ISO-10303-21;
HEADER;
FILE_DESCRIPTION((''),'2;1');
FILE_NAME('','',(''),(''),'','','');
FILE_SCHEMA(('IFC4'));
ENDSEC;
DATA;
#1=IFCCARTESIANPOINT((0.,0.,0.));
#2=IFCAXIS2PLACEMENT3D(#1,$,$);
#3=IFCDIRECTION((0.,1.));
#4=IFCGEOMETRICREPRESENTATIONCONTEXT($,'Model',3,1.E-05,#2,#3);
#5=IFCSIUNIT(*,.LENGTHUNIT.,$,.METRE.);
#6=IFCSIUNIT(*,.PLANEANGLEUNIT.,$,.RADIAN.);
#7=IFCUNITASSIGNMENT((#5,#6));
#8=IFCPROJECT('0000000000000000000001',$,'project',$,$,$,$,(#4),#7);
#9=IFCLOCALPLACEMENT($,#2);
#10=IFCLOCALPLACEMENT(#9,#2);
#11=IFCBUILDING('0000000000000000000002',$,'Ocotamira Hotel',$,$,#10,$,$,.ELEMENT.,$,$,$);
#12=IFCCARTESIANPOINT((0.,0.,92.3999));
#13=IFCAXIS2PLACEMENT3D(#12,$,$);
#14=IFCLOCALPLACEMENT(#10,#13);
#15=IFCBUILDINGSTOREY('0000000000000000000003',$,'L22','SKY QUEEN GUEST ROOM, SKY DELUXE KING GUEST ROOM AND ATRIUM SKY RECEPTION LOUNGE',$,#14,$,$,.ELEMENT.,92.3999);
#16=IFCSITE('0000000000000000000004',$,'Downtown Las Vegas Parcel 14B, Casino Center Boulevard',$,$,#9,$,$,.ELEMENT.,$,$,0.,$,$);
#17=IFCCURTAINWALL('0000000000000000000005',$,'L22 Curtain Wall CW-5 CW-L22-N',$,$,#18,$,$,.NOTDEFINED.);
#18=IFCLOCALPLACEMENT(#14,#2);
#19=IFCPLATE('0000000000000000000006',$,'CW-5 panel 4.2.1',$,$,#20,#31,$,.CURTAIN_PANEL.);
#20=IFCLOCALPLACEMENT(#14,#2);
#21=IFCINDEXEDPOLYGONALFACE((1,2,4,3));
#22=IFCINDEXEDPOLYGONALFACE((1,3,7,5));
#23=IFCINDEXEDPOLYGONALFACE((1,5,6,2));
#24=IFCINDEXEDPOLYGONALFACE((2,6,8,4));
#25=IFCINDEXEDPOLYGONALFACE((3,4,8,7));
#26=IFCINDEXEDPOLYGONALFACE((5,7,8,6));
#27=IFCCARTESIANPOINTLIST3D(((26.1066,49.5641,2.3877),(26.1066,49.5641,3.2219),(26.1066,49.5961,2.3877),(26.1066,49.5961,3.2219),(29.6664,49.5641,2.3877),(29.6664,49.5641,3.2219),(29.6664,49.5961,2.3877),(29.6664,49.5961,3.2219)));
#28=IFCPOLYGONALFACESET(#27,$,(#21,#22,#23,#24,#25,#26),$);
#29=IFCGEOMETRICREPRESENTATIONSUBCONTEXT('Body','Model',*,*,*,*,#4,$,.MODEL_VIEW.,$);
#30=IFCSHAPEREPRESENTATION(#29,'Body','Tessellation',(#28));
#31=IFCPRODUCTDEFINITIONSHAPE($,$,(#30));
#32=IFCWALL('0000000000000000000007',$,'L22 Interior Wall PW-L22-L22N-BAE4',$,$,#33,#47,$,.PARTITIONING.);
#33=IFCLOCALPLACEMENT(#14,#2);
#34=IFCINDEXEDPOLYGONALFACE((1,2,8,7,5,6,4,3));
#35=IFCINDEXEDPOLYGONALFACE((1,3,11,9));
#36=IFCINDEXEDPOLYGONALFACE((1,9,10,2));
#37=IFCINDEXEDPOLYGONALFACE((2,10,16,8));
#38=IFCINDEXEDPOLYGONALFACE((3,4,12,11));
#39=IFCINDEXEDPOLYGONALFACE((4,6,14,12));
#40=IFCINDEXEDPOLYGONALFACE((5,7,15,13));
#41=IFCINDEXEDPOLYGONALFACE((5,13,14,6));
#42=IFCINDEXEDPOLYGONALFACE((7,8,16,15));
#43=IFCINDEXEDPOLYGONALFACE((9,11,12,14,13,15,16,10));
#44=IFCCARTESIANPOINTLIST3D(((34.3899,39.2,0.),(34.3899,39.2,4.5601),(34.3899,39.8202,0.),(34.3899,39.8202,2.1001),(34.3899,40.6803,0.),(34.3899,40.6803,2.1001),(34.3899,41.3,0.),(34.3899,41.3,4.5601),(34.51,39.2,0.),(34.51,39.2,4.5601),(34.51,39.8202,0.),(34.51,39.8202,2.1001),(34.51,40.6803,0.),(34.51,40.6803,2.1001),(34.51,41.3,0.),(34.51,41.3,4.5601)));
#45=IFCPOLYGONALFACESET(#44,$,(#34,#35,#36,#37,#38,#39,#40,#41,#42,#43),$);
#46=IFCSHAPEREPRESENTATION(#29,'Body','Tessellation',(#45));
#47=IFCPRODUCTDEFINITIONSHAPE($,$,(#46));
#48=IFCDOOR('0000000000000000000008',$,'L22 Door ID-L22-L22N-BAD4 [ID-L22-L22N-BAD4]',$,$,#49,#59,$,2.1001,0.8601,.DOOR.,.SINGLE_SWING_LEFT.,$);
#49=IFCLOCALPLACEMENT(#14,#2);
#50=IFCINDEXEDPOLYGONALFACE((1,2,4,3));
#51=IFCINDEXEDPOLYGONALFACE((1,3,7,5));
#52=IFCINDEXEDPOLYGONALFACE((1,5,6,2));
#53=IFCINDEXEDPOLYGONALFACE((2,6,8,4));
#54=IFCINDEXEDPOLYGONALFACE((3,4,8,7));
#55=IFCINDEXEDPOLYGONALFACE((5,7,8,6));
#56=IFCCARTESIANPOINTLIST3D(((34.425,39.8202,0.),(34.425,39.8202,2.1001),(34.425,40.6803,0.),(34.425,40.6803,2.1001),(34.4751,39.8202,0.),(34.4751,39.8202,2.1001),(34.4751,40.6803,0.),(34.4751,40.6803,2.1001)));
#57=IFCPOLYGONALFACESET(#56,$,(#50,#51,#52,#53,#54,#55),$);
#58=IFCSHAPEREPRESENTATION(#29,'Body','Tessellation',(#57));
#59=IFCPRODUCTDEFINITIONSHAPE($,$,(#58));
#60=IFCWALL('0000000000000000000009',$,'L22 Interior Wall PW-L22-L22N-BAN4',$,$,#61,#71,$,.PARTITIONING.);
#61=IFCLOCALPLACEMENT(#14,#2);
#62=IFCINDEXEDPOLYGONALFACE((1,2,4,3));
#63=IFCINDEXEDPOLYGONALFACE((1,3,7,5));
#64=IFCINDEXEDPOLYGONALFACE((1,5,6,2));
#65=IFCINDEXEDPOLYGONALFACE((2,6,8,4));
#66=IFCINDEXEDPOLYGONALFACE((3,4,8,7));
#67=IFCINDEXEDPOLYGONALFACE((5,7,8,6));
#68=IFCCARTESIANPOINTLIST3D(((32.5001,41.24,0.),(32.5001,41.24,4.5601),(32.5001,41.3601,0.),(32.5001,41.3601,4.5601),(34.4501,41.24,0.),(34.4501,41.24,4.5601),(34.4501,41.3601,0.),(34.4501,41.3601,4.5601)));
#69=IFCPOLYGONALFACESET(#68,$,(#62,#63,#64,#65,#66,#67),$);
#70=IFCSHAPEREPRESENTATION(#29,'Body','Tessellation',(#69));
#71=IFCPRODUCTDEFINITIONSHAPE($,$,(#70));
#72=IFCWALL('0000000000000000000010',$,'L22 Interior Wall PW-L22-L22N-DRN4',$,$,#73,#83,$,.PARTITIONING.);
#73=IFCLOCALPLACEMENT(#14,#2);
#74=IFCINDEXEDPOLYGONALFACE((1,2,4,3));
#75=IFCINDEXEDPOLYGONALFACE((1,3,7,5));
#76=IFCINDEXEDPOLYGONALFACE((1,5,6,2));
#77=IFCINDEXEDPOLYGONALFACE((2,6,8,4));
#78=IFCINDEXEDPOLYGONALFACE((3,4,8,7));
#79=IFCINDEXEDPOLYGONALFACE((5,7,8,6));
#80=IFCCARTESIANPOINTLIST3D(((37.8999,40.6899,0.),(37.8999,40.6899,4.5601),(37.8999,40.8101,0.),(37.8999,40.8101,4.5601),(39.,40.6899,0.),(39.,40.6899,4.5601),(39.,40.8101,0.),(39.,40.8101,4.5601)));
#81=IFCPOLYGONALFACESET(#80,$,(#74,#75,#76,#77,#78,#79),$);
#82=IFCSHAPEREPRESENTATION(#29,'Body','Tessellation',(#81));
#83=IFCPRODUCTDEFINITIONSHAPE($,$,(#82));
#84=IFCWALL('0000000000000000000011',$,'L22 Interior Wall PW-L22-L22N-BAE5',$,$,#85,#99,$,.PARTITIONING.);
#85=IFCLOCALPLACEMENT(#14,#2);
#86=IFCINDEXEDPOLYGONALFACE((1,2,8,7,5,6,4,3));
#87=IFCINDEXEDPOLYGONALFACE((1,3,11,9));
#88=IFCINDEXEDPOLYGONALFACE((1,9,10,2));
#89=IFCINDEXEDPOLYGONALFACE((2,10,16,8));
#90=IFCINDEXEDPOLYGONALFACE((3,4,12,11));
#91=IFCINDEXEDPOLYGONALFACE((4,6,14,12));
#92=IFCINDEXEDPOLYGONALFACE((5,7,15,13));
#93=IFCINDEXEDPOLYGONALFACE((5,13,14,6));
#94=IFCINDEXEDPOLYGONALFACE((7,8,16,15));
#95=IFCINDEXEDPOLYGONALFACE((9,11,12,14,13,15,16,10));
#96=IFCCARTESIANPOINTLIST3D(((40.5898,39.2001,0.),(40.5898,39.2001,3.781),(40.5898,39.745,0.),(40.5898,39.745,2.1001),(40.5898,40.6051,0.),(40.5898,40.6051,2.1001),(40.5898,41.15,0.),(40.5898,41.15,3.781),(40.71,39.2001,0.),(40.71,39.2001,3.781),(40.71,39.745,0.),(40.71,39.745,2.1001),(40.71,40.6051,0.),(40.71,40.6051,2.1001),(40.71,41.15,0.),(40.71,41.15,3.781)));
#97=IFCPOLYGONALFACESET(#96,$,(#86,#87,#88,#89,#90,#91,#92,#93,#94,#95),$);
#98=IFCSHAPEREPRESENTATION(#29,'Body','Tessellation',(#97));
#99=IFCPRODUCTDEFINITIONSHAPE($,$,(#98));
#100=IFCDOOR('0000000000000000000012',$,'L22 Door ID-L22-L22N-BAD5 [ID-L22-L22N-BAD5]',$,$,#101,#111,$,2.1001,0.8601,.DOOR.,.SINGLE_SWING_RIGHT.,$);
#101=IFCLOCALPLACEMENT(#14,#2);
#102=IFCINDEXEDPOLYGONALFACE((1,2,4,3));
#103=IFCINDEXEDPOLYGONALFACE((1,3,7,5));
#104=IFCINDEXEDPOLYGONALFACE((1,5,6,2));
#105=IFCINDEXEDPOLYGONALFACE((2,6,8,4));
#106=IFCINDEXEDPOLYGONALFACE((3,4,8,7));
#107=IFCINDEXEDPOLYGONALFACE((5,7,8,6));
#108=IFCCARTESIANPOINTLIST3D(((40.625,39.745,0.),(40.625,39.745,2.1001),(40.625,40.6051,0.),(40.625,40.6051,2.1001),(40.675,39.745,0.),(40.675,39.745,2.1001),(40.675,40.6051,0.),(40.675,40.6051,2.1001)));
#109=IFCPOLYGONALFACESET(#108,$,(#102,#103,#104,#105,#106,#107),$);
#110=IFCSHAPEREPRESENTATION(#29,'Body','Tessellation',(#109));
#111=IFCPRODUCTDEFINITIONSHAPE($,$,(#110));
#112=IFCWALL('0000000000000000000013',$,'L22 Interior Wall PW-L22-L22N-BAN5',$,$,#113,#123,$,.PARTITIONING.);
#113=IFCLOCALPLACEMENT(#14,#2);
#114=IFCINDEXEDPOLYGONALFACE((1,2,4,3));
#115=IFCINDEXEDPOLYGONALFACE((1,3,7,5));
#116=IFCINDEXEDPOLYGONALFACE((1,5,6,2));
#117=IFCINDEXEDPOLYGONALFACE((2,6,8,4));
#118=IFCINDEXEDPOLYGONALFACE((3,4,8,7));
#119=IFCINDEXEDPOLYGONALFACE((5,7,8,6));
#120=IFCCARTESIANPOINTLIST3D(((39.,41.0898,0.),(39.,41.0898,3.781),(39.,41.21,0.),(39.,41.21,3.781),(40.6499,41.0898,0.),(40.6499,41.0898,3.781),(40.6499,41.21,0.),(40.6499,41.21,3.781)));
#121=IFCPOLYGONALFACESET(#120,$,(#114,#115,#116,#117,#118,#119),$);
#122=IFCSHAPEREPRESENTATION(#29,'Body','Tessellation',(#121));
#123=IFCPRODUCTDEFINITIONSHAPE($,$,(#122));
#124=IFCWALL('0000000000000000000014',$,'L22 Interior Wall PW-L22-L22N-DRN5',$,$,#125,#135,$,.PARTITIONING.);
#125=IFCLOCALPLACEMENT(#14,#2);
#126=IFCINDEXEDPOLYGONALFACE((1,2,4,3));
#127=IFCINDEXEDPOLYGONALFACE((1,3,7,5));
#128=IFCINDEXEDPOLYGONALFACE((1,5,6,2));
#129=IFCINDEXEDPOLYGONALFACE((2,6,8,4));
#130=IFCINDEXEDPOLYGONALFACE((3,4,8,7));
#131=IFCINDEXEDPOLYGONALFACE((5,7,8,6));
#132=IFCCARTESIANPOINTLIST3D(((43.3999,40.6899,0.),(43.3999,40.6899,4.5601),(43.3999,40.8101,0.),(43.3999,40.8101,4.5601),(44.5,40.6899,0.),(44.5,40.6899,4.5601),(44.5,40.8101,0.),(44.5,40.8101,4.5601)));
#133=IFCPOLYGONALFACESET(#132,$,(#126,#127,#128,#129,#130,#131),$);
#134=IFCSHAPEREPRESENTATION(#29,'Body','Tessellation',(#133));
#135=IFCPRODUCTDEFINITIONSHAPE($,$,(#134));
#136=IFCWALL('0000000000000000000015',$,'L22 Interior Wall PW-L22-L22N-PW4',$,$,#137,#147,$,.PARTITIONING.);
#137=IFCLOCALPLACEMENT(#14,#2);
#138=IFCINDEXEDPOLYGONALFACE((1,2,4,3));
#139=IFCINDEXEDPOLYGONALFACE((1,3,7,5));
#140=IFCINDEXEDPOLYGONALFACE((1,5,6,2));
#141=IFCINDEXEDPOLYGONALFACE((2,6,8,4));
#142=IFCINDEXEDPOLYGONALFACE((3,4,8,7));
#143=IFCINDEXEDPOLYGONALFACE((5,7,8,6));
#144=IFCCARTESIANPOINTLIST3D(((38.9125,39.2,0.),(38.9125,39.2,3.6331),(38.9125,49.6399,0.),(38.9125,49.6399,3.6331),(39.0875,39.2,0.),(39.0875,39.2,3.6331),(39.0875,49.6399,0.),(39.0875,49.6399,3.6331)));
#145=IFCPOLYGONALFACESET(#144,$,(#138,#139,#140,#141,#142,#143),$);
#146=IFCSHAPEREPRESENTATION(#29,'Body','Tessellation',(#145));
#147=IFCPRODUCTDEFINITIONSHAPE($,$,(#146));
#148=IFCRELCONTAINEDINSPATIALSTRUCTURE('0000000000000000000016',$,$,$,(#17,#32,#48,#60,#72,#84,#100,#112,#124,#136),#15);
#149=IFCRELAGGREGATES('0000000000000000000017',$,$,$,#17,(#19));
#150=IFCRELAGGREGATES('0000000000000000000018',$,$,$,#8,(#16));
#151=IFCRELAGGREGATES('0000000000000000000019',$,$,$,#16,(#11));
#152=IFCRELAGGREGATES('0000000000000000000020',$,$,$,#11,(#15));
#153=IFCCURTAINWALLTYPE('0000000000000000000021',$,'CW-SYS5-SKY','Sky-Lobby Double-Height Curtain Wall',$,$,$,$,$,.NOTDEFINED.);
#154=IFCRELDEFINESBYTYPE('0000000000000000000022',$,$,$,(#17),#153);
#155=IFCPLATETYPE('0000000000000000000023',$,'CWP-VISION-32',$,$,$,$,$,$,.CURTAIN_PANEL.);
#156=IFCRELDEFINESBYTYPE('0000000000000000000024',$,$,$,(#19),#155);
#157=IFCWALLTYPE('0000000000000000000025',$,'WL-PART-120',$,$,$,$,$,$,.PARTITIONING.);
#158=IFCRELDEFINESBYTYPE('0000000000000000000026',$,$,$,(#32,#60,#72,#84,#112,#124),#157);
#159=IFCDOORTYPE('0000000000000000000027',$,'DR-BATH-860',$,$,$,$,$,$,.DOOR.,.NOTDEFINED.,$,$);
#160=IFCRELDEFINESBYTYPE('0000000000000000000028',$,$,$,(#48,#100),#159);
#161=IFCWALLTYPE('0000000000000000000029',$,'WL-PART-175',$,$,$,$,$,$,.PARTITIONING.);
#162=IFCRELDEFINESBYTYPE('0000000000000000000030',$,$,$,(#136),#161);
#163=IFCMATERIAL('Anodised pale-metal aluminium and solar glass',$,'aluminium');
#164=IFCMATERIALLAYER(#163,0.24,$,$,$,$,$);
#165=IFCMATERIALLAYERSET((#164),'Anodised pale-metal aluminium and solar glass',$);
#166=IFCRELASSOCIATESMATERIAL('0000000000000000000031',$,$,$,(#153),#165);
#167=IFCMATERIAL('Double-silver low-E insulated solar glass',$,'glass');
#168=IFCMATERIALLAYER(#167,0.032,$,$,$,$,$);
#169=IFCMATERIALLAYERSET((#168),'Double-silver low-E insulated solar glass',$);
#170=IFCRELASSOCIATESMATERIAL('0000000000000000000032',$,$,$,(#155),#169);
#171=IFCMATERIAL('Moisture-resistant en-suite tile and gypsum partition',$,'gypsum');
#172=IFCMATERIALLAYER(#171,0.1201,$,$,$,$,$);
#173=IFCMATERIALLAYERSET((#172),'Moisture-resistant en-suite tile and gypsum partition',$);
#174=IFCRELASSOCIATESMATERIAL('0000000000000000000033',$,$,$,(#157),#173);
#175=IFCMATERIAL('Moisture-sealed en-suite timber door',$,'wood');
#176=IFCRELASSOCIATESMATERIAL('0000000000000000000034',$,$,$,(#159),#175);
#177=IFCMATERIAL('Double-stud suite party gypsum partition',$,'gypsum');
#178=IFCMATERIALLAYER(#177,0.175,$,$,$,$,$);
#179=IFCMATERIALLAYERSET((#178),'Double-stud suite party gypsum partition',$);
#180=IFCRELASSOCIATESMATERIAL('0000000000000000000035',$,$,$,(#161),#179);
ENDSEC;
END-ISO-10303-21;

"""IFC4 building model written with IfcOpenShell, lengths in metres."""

from ifc_helpers import new_model, si_unit, direction, frame, frame_2d, origin, origin_2d, place, context, subcontext, project, spatial, rectangle, extrude, source, transform, mapped, material, layer, layer_set, type_object, element, fill, aggregate, save


model = new_model("IFC4")

# Units and contexts
model_context = context("Model", 3, precision=1e-05, world=origin(), true_north=direction((0.0, 1.0)))
body_context = subcontext(model_context, "Body", "Model", "MODEL_VIEW")
ifc_project = project(units=[si_unit("LENGTHUNIT", "METRE"), si_unit("PLANEANGLEUNIT", "RADIAN")], contexts=[model_context])

# Site, building, storey
site_placement = place(None, origin())
site = spatial("IfcSite", under=ifc_project, at=site_placement, Name="Downtown Las Vegas Parcel 14B, Casino Center Boulevard", CompositionType="ELEMENT", RefElevation=0.0)
building_placement = place(site_placement, origin())
building = spatial("IfcBuilding", under=site, at=building_placement, Name="Ocotamira Hotel", CompositionType="ELEMENT")
storey_placement = place(building_placement, frame((0.0, 0.0, 92.3999)))
storey = spatial("IfcBuildingStorey", under=building, at=storey_placement, Name="L22", Description="SKY QUEEN GUEST ROOM, SKY DELUXE KING GUEST ROOM AND ATRIUM SKY RECEPTION LOUNGE", CompositionType="ELEMENT", Elevation=92.3999)

# Curtain wall, plate
ifc_material_1 = material(Name="Anodised pale-metal aluminium and solar glass", Category="aluminium")
ifc_layer_1 = layer(ifc_material_1, 0.24)
ifc_layer_set_1 = layer_set([ifc_layer_1], Name="Anodised pale-metal aluminium and solar glass")
curtain_wall_type = type_object("IfcCurtainWallType", Name="CW-SYS5-SKY", Description="Sky-Lobby Double-Height Curtain Wall", PredefinedType="NOTDEFINED", material=ifc_layer_set_1)
curtain_wall_placement = place(storey_placement, origin())
curtain_wall = element("IfcCurtainWall", 1, at=curtain_wall_placement, inside=storey, type_object=curtain_wall_type, Name="L22 Curtain Wall CW-5 CW-L22-N", PredefinedType="NOTDEFINED")
ifc_material_2 = material(Name="Double-silver low-E insulated solar glass", Category="glass")
ifc_layer_2 = layer(ifc_material_2, 0.032)
ifc_layer_set_2 = layer_set([ifc_layer_2], Name="Double-silver low-E insulated solar glass")
plate_type = type_object("IfcPlateType", Name="CWP-VISION-32", PredefinedType="CURTAIN_PANEL", material=ifc_layer_set_2)
shared_shape_1 = source(origin(), body_context, "Body", "SweptSolid", [
    extrude(rectangle(XDim=3.5598, YDim=0.032, at=origin_2d()), origin(), (0.0, 0.0, 1.0), 0.8342),
])
plate_1_placement = place(storey_placement, frame((27.8865, 49.5801, 2.3877), z_axis=(0.0, 0.0, 1.0), x_axis=(1.0, 0.0, 0.0)))
plate_1 = element("IfcPlate", 2, at=plate_1_placement, type_object=plate_type, Name="CW-5 panel 4.2.1", PredefinedType="CURTAIN_PANEL", context=body_context, shape_type="MappedRepresentation", body=[
    mapped(shared_shape_1, transform((0.0, 0.0, 0.0), scale=1.0)),
])
aggregate(curtain_wall, [plate_1])

# Wall, opening, door
ifc_material_3 = material(Name="Moisture-resistant en-suite tile and gypsum partition", Category="gypsum")
ifc_layer_3 = layer(ifc_material_3, 0.1201)
ifc_layer_set_3 = layer_set([ifc_layer_3], Name="Moisture-resistant en-suite tile and gypsum partition")
wall_type_1 = type_object("IfcWallType", Name="WL-PART-120", PredefinedType="PARTITIONING", material=ifc_layer_set_3)
wall_1_placement = place(storey_placement, frame((34.45, 39.2, 0.0), z_axis=(0.0, 0.0, 1.0), x_axis=(0.0, 1.0, 0.0)))
wall_1 = element("IfcWall", 3, at=wall_1_placement, inside=storey, type_object=wall_type_1, Name="L22 Interior Wall PW-L22-L22N-BAE4", PredefinedType="PARTITIONING", context=body_context, shape_type="SweptSolid", body=[
    extrude(rectangle(XDim=2.1001, YDim=0.1201, at=frame_2d((1.05, 0.0))), origin(), (0.0, 0.0, 1.0), 4.5601),
])
opening_1_placement = place(wall_1_placement, frame((0.6201, 0.0, 0.0)))
opening_1 = element("IfcOpeningElement", 4, at=opening_1_placement, cuts=wall_1, PredefinedType="OPENING", context=body_context, shape_type="SweptSolid", body=[
    extrude(rectangle(XDim=0.8601, YDim=2.1001, at=frame_2d((0.4302, 1.05))), frame((0.0, 0.0701, 0.0), z_axis=(0.0, -1.0, 0.0), x_axis=(1.0, 0.0, 0.0)), (0.0, 0.0, 1.0), 0.1401),
])
ifc_material_4 = material(Name="Moisture-sealed en-suite timber door", Category="wood")
door_type = type_object("IfcDoorType", Name="DR-BATH-860", OperationType="NOTDEFINED", PredefinedType="DOOR", material=ifc_material_4)
shared_shape_2 = source(origin(), body_context, "Body", "SweptSolid", [
    extrude(rectangle(XDim=0.8601, YDim=2.1001, at=frame_2d((0.4302, 1.05))), frame((0.0, 0.0249, 0.0), z_axis=(0.0, -1.0, 0.0), x_axis=(1.0, 0.0, 0.0)), (0.0, 0.0, 1.0), 0.05),
])
door_1_placement = place(opening_1_placement, origin())
door_1 = element("IfcDoor", 5, at=door_1_placement, inside=storey, type_object=door_type, Name="L22 Door ID-L22-L22N-BAD4 [ID-L22-L22N-BAD4]", OperationType="SINGLE_SWING_LEFT", OverallHeight=2.1001, OverallWidth=0.8601, PredefinedType="DOOR", context=body_context, shape_type="MappedRepresentation", body=[
    mapped(shared_shape_2, transform((0.0, 0.0, 0.0), scale=1.0)),
])
fill(opening_1, door_1)

# Walls
wall_2_placement = place(storey_placement, frame((32.5, 41.3, 0.0), z_axis=(0.0, 0.0, 1.0), x_axis=(1.0, 0.0, 0.0)))
element("IfcWall", 6, at=wall_2_placement, inside=storey, type_object=wall_type_1, Name="L22 Interior Wall PW-L22-L22N-BAN4", PredefinedType="PARTITIONING", context=body_context, shape_type="SweptSolid", body=[
    extrude(rectangle(XDim=1.95, YDim=0.1201, at=frame_2d((0.9751, 0.0))), origin(), (0.0, 0.0, 1.0), 4.5601),
])
wall_3_placement = place(storey_placement, frame((37.8999, 40.75, 0.0), z_axis=(0.0, 0.0, 1.0), x_axis=(1.0, 0.0, 0.0)))
element("IfcWall", 7, at=wall_3_placement, inside=storey, type_object=wall_type_1, Name="L22 Interior Wall PW-L22-L22N-DRN4", PredefinedType="PARTITIONING", context=body_context, shape_type="SweptSolid", body=[
    extrude(rectangle(XDim=1.1001, YDim=0.1201, at=frame_2d((0.55, 0.0))), origin(), (0.0, 0.0, 1.0), 4.5601),
])

# Wall, opening, door
wall_4_placement = place(storey_placement, frame((40.6499, 39.2, 0.0), z_axis=(0.0, 0.0, 1.0), x_axis=(0.0, 1.0, 0.0)))
wall_4 = element("IfcWall", 8, at=wall_4_placement, inside=storey, type_object=wall_type_1, Name="L22 Interior Wall PW-L22-L22N-BAE5", PredefinedType="PARTITIONING", context=body_context, shape_type="SweptSolid", body=[
    extrude(rectangle(XDim=1.95, YDim=0.1201, at=frame_2d((0.9751, 0.0))), origin(), (0.0, 0.0, 1.0), 3.781),
])
opening_2_placement = place(wall_4_placement, frame((0.5449, 0.0, 0.0)))
opening_2 = element("IfcOpeningElement", 9, at=opening_2_placement, cuts=wall_4, PredefinedType="OPENING", context=body_context, shape_type="SweptSolid", body=[
    extrude(rectangle(XDim=0.8601, YDim=2.1001, at=frame_2d((0.4302, 1.05))), frame((0.0, 0.0701, 0.0), z_axis=(0.0, -1.0, 0.0), x_axis=(1.0, 0.0, 0.0)), (0.0, 0.0, 1.0), 0.1401),
])
door_2_placement = place(opening_2_placement, origin())
door_2 = element("IfcDoor", 10, at=door_2_placement, inside=storey, type_object=door_type, Name="L22 Door ID-L22-L22N-BAD5 [ID-L22-L22N-BAD5]", OperationType="SINGLE_SWING_RIGHT", OverallHeight=2.1001, OverallWidth=0.8601, PredefinedType="DOOR", context=body_context, shape_type="MappedRepresentation", body=[
    mapped(shared_shape_2, transform((0.0, 0.0, 0.0), scale=1.0)),
])
fill(opening_2, door_2)

# Walls
wall_5_placement = place(storey_placement, frame((39.0, 41.1499, 0.0), z_axis=(0.0, 0.0, 1.0), x_axis=(1.0, 0.0, 0.0)))
element("IfcWall", 11, at=wall_5_placement, inside=storey, type_object=wall_type_1, Name="L22 Interior Wall PW-L22-L22N-BAN5", PredefinedType="PARTITIONING", context=body_context, shape_type="SweptSolid", body=[
    extrude(rectangle(XDim=1.6499, YDim=0.1201, at=frame_2d((0.825, 0.0))), origin(), (0.0, 0.0, 1.0), 3.781),
])
wall_6_placement = place(storey_placement, frame((43.3999, 40.75, 0.0), z_axis=(0.0, 0.0, 1.0), x_axis=(1.0, 0.0, 0.0)))
element("IfcWall", 12, at=wall_6_placement, inside=storey, type_object=wall_type_1, Name="L22 Interior Wall PW-L22-L22N-DRN5", PredefinedType="PARTITIONING", context=body_context, shape_type="SweptSolid", body=[
    extrude(rectangle(XDim=1.1001, YDim=0.1201, at=frame_2d((0.55, 0.0))), origin(), (0.0, 0.0, 1.0), 4.5601),
])
ifc_material_5 = material(Name="Double-stud suite party gypsum partition", Category="gypsum")
ifc_layer_4 = layer(ifc_material_5, 0.175)
ifc_layer_set_4 = layer_set([ifc_layer_4], Name="Double-stud suite party gypsum partition")
wall_type_2 = type_object("IfcWallType", Name="WL-PART-175", PredefinedType="PARTITIONING", material=ifc_layer_set_4)
wall_7_placement = place(storey_placement, frame((39.0, 39.2, 0.0), z_axis=(0.0, 0.0, 1.0), x_axis=(0.0, 1.0, 0.0)))
element("IfcWall", 13, at=wall_7_placement, inside=storey, type_object=wall_type_2, Name="L22 Interior Wall PW-L22-L22N-PW4", PredefinedType="PARTITIONING", context=body_context, shape_type="SweptSolid", body=[
    extrude(rectangle(XDim=10.4399, YDim=0.175, at=frame_2d((5.22, 0.0))), origin(), (0.0, 0.0, 1.0), 3.6331),
])

save(model, "model.ifc")
